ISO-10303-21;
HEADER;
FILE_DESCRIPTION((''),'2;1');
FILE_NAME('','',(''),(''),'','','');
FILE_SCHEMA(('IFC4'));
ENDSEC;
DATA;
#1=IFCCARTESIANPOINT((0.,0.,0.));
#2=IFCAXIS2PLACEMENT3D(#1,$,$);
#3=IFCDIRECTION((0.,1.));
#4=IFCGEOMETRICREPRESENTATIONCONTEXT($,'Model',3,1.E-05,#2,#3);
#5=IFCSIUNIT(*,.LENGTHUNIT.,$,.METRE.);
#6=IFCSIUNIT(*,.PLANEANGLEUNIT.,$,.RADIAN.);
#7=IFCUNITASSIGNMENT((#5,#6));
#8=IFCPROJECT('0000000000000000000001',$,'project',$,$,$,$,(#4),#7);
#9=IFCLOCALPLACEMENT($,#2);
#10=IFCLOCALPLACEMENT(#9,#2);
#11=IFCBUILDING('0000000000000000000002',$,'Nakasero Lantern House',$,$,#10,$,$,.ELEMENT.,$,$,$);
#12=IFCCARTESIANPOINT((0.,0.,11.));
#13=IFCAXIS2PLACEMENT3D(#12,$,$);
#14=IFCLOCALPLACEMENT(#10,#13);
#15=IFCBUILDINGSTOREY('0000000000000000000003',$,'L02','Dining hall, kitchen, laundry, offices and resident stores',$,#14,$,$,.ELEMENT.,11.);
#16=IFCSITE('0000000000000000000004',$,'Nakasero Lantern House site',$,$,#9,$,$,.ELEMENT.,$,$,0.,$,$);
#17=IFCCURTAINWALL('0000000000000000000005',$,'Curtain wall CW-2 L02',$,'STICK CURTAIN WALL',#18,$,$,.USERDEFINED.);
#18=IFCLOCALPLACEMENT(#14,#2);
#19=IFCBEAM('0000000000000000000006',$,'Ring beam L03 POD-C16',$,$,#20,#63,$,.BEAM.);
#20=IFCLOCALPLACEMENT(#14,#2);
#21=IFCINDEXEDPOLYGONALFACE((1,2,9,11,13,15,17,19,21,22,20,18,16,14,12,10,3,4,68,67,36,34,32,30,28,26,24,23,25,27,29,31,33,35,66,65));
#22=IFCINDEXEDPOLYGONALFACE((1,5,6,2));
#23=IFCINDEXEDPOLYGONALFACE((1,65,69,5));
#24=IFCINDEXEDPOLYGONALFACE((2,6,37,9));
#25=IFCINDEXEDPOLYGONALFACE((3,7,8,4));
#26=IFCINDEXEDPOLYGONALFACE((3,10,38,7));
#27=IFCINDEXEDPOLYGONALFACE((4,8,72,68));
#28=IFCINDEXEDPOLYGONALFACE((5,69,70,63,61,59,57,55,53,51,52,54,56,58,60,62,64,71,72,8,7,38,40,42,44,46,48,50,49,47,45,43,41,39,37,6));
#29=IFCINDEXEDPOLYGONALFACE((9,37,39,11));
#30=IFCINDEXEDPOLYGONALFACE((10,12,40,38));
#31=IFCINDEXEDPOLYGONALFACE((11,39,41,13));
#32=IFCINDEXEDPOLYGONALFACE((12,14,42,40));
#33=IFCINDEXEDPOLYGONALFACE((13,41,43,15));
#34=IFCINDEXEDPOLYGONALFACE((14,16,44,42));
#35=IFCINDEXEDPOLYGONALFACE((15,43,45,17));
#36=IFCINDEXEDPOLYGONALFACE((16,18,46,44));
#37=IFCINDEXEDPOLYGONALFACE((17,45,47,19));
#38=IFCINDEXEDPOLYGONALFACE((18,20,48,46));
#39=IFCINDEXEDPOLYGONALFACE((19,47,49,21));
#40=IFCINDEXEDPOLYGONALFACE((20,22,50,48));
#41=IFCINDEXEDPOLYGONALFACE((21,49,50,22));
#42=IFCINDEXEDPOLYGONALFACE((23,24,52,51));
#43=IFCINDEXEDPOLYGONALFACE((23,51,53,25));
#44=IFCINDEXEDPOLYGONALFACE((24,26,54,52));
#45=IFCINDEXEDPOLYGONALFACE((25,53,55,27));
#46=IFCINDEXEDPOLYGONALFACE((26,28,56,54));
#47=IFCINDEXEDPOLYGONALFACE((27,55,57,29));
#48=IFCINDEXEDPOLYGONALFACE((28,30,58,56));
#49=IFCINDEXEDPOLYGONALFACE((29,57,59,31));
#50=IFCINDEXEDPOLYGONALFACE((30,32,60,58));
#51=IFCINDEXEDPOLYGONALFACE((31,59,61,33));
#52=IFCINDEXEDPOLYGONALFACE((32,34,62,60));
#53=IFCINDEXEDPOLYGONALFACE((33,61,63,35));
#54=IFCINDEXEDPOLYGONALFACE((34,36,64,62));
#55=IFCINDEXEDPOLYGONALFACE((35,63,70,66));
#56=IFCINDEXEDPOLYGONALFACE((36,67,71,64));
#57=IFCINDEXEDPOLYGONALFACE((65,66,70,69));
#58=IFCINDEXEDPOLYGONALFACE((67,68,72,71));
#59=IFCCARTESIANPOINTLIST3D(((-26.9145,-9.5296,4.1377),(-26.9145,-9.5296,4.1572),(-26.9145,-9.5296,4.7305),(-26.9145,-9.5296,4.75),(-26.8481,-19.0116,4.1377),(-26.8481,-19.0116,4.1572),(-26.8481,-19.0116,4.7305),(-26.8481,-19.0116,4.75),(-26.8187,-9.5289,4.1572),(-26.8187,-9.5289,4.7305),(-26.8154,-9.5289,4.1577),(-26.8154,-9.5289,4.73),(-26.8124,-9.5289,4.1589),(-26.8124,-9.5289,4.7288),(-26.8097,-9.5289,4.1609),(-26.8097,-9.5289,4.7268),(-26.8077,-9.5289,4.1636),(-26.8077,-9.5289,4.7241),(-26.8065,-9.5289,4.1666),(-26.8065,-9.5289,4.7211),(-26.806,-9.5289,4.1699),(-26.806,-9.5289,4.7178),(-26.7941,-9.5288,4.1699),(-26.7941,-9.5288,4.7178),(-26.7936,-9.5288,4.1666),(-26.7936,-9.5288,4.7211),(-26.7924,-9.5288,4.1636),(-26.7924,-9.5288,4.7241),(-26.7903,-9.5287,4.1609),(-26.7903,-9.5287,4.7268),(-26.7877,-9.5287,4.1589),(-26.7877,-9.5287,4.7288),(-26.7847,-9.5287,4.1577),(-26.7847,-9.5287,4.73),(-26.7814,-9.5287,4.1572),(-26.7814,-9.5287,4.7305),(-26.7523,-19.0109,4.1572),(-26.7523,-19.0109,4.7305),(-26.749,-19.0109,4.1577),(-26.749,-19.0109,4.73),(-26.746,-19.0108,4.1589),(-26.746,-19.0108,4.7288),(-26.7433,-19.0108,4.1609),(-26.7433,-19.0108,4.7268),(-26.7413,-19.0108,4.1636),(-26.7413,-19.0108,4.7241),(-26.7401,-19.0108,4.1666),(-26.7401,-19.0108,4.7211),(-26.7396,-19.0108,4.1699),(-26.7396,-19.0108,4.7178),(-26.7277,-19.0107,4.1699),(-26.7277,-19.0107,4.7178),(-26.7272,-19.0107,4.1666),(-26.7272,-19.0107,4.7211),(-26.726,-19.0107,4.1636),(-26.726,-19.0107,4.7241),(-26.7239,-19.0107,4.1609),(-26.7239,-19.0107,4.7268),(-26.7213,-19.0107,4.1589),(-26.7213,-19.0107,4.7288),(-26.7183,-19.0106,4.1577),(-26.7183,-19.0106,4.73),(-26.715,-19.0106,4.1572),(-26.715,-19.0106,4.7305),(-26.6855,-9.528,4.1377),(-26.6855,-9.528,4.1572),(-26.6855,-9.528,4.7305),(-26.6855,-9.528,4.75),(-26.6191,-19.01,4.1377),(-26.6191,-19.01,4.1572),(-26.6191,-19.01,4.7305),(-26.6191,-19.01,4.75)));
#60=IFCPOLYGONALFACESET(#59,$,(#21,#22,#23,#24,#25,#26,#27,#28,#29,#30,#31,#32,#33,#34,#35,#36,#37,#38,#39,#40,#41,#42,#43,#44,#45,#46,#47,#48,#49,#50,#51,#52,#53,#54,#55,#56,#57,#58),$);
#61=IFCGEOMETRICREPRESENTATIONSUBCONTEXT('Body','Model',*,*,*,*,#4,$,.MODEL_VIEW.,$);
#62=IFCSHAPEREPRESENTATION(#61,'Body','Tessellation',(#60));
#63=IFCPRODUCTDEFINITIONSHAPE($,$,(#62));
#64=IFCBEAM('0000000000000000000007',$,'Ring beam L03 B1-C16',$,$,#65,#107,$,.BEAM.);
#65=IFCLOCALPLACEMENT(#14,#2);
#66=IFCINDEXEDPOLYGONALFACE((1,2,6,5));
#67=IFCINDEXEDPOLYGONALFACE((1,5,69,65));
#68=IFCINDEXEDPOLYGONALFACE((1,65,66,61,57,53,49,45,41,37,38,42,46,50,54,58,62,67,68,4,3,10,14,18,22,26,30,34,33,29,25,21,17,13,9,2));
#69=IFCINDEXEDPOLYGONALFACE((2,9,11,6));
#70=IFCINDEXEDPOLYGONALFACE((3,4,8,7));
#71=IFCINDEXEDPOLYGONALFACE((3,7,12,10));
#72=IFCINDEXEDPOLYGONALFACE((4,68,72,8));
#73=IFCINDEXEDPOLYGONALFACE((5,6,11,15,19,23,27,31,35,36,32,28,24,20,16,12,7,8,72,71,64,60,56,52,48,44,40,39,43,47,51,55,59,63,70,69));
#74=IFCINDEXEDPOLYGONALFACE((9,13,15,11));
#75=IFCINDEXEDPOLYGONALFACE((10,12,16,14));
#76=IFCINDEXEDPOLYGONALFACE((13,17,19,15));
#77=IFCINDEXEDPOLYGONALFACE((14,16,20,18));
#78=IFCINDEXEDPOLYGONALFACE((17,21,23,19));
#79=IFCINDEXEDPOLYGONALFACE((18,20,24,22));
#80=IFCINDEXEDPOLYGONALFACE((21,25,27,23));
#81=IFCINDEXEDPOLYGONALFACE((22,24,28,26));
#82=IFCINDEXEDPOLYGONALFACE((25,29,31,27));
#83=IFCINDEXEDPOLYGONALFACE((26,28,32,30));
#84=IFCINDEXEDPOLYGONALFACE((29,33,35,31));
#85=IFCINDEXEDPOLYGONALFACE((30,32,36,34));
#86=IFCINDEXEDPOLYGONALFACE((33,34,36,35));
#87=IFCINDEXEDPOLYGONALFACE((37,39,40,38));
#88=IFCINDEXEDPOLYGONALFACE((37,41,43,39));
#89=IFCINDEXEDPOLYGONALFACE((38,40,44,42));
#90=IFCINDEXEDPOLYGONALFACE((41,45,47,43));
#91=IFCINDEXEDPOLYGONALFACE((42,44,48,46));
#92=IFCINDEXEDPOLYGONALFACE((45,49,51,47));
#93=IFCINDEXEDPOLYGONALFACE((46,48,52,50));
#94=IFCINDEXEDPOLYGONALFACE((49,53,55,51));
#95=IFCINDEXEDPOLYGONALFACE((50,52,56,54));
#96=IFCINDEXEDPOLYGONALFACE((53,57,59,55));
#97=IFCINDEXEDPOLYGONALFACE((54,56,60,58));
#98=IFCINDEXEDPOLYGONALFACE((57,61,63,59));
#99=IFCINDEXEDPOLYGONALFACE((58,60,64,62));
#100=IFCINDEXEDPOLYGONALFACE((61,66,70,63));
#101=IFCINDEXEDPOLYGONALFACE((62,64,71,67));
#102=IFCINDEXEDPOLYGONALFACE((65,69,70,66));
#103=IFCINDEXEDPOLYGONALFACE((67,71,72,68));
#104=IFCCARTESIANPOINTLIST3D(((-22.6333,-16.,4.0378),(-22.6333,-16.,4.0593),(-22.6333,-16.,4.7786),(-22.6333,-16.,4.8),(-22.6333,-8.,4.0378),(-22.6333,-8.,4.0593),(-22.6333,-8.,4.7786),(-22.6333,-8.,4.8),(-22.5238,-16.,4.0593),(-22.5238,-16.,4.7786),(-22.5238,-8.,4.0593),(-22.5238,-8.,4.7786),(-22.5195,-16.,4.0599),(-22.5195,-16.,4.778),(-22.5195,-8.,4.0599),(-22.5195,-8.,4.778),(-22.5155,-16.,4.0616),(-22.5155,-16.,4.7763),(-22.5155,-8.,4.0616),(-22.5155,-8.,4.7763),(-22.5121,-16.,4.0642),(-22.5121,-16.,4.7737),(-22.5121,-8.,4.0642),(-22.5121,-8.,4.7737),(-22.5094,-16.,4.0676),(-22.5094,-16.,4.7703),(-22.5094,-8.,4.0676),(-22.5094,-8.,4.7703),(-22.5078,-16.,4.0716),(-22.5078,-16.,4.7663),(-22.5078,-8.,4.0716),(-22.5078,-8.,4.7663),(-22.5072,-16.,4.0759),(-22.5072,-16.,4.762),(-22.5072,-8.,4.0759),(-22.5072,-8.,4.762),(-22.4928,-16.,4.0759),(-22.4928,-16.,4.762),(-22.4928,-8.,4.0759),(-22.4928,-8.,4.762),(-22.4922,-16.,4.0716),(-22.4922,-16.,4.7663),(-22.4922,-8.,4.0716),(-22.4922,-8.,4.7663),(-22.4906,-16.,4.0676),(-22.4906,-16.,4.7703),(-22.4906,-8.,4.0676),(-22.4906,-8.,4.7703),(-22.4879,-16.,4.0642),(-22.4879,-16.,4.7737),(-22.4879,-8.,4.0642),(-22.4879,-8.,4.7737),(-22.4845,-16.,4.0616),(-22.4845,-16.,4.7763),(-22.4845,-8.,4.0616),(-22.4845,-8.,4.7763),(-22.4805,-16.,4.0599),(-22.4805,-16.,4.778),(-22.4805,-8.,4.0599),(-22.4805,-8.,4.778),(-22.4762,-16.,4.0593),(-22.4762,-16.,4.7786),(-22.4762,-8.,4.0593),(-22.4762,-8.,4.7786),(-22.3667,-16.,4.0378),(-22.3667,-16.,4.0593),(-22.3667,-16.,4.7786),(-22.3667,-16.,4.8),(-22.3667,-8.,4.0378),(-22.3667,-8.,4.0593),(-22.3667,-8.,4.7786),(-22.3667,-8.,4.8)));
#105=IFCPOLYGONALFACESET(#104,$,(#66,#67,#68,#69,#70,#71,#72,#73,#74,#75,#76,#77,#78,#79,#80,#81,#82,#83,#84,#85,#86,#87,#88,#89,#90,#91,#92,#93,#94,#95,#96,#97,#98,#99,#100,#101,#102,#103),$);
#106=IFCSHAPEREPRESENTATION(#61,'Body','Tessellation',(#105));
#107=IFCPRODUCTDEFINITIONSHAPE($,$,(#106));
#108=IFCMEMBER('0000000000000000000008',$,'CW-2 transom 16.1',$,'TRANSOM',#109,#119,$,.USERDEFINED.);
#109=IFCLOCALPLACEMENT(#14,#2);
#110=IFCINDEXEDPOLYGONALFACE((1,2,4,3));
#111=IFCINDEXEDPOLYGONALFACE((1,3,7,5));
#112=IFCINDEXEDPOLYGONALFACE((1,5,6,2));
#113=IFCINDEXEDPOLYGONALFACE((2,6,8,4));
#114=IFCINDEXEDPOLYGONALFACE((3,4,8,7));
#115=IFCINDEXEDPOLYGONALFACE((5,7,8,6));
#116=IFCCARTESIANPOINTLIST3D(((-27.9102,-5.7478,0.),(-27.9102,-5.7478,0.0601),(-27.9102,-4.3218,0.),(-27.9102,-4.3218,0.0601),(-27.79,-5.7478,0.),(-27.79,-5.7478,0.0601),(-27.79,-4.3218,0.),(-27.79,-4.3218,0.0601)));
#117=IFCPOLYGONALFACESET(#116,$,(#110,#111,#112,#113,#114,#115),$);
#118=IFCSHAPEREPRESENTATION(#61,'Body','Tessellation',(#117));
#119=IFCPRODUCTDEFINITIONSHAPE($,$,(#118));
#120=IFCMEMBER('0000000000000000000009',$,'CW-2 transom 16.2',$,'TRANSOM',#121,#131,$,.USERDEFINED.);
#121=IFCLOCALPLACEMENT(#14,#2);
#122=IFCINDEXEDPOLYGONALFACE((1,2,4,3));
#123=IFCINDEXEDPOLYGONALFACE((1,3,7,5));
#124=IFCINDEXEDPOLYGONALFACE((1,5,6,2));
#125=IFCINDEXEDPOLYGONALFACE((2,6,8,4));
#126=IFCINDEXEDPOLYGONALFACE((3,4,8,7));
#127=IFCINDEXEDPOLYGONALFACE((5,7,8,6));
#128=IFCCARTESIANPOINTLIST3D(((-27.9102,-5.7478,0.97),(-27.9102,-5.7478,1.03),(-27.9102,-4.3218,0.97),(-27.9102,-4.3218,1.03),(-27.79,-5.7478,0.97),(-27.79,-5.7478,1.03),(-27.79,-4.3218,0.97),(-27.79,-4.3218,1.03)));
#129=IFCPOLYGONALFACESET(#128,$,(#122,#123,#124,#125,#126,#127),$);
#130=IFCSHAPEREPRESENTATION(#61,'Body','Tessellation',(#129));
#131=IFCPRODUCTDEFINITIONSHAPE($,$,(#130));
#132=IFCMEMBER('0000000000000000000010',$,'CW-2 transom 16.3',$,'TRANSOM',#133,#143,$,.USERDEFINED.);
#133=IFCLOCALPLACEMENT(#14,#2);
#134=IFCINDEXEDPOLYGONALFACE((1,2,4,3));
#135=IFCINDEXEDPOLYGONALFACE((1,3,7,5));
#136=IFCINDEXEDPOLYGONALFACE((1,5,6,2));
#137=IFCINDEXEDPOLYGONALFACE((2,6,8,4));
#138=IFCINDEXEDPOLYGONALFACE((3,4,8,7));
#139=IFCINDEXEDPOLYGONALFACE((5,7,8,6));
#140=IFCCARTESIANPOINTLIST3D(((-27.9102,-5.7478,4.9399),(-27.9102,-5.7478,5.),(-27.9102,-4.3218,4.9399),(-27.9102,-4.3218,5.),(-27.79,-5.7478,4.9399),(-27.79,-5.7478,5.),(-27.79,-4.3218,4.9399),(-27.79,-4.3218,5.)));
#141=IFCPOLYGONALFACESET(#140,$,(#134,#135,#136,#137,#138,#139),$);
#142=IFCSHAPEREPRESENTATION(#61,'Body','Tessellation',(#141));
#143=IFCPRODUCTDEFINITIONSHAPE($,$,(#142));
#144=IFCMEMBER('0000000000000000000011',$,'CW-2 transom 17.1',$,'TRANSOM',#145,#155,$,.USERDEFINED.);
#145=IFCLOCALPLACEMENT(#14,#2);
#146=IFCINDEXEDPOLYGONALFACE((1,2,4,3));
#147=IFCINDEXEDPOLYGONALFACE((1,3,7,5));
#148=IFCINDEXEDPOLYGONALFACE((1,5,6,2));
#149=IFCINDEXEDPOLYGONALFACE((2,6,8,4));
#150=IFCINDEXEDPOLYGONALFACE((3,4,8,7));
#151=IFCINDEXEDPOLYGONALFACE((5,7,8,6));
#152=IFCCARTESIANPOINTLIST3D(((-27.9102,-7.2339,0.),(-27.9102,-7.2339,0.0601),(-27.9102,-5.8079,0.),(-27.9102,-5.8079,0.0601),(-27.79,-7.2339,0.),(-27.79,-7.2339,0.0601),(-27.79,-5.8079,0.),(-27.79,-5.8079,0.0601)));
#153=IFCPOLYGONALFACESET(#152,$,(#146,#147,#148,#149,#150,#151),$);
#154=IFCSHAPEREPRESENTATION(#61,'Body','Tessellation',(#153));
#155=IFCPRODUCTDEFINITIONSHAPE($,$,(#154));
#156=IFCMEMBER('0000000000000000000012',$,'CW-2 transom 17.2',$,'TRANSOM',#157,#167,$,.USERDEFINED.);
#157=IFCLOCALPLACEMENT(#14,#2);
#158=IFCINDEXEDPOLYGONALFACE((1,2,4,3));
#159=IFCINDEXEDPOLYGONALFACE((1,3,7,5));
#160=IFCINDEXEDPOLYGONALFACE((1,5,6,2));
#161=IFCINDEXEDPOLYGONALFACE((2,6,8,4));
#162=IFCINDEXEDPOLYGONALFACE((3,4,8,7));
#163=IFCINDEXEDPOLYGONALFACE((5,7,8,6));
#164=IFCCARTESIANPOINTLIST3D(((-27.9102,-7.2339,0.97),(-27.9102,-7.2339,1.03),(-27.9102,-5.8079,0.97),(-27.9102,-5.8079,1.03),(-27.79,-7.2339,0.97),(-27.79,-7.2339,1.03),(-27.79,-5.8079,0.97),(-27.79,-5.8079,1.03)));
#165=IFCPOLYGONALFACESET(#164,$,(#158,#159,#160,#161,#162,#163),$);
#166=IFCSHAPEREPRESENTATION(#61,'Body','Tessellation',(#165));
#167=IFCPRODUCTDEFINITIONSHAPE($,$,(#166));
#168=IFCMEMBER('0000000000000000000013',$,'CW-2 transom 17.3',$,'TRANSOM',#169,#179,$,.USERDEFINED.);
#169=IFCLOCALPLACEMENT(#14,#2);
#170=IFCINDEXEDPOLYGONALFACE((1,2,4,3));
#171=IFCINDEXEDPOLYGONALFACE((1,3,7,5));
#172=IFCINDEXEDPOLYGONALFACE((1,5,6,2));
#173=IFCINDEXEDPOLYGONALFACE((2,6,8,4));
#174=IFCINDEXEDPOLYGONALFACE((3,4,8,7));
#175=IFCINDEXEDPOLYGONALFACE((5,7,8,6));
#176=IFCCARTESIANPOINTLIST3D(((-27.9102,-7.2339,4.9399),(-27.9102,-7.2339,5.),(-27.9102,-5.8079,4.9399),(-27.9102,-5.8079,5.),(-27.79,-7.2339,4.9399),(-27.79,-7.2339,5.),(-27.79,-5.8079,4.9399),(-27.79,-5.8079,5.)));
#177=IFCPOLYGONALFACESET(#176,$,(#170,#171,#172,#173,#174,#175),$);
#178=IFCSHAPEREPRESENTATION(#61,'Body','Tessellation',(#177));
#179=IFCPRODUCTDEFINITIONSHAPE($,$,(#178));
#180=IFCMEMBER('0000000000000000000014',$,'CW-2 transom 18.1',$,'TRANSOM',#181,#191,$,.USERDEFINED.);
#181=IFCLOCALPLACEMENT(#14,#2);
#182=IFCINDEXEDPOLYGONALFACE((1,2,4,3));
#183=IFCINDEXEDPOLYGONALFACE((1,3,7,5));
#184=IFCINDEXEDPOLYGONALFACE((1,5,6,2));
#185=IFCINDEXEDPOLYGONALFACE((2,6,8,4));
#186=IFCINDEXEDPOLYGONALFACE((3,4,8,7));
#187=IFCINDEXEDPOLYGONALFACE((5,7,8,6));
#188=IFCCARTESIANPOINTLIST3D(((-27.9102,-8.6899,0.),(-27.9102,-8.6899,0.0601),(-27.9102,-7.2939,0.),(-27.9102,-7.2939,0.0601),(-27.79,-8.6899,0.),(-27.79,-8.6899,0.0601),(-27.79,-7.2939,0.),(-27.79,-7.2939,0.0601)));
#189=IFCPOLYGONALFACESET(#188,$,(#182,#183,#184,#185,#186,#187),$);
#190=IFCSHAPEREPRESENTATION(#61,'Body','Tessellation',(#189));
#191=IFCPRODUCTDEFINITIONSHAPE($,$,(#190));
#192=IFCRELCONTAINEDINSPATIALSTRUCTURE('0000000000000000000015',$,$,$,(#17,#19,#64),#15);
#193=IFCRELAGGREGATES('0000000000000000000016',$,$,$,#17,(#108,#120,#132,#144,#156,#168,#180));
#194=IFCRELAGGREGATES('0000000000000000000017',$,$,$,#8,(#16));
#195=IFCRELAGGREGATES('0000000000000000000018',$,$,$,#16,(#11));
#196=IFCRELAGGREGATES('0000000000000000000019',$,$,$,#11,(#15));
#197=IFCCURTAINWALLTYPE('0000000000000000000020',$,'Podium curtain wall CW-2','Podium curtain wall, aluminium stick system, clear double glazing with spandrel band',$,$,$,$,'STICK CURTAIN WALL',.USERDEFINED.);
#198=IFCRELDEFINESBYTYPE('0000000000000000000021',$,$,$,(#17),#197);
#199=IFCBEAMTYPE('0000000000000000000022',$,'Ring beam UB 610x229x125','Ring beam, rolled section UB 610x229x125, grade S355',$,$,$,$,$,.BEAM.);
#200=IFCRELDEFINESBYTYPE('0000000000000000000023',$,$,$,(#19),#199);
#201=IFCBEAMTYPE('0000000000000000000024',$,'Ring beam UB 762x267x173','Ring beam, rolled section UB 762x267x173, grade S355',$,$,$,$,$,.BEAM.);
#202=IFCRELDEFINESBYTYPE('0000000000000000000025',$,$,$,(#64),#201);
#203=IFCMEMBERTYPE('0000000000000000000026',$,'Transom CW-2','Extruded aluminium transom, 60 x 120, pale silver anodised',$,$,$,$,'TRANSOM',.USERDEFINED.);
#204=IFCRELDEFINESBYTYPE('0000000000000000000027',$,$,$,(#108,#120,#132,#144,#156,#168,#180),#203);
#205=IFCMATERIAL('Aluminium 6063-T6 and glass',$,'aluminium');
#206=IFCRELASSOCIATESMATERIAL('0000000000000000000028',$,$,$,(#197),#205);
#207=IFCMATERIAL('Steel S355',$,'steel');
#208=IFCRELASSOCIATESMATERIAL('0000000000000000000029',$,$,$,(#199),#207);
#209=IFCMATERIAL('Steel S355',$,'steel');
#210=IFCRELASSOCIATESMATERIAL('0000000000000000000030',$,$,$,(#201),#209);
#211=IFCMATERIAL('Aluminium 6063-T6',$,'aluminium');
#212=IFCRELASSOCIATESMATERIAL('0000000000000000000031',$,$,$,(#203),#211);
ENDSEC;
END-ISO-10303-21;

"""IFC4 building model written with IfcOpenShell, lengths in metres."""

from ifc_helpers import new_model, si_unit, direction, frame, origin, origin_2d, place, context, subcontext, project, spatial, rectangle, i_section, extrude, material, material_profile, profile_set, type_object, element, aggregate, save


model = new_model("IFC4")

# Units and contexts
model_context = context("Model", 3, precision=1e-05, world=origin(), true_north=direction((0.0, 1.0)))
body_context = subcontext(model_context, "Body", "Model", "MODEL_VIEW")
ifc_project = project(units=[si_unit("LENGTHUNIT", "METRE"), si_unit("PLANEANGLEUNIT", "RADIAN")], contexts=[model_context])

# Site, building, storey
site_placement = place(None, origin())
site = spatial("IfcSite", under=ifc_project, at=site_placement, Name="Nakasero Lantern House site", CompositionType="ELEMENT", RefElevation=0.0)
building_placement = place(site_placement, origin())
building = spatial("IfcBuilding", under=site, at=building_placement, Name="Nakasero Lantern House", CompositionType="ELEMENT")
storey_placement = place(building_placement, frame((0.0, 0.0, 11.0)))
storey = spatial("IfcBuildingStorey", under=building, at=storey_placement, Name="L02", Description="Dining hall, kitchen, laundry, offices and resident stores", CompositionType="ELEMENT", Elevation=11.0)

# Curtain wall
ifc_material_1 = material(Name="Aluminium 6063-T6 and glass", Category="aluminium")
curtain_wall_type = type_object("IfcCurtainWallType", Name="Podium curtain wall CW-2", Description="Podium curtain wall, aluminium stick system, clear double glazing with spandrel band", ElementType="STICK CURTAIN WALL", PredefinedType="USERDEFINED", material=ifc_material_1)
curtain_wall_placement = place(storey_placement, origin())
curtain_wall = element("IfcCurtainWall", 1, at=curtain_wall_placement, inside=storey, type_object=curtain_wall_type, Name="Curtain wall CW-2 L02", ObjectType="STICK CURTAIN WALL", PredefinedType="USERDEFINED")

# Beams
ifc_material_2 = material(Name="Steel S355", Category="steel")
ifc_material_profile_1 = material_profile(ifc_material_2, i_section(OverallWidth=0.229, OverallDepth=0.6123, WebThickness=0.012, FlangeThickness=0.0195, FilletRadius=0.0127, at=origin_2d()), Name="UB 610x229x125")
ifc_profile_set_1 = profile_set([ifc_material_profile_1], Name="Steel S355")
beam_type_1 = type_object("IfcBeamType", Name="Ring beam UB 610x229x125", Description="Ring beam, rolled section UB 610x229x125, grade S355", PredefinedType="BEAM", material=ifc_profile_set_1)
beam_1_placement = place(storey_placement, frame((-26.8, -9.5288, 4.4438), z_axis=(0.007003, -0.999975, 0.0), x_axis=(0.999975, 0.007003, 0.0)))
element("IfcBeam", 2, at=beam_1_placement, inside=storey, type_object=beam_type_1, Name="Ring beam L03 POD-C16", PredefinedType="BEAM", context=body_context, shape_type="SweptSolid", body=[
    extrude(i_section(OverallWidth=0.229, OverallDepth=0.6123, WebThickness=0.012, FlangeThickness=0.0195, FilletRadius=0.0127, at=origin_2d()), origin(), (0.0, 0.0, 1.0), 9.4822),
])
ifc_material_3 = material(Name="Steel S355", Category="steel")
ifc_material_profile_2 = material_profile(ifc_material_3, i_section(OverallWidth=0.2666, OverallDepth=0.7622, WebThickness=0.0144, FlangeThickness=0.0215, FilletRadius=0.0166, at=origin_2d()), Name="UB 762x267x173")
ifc_profile_set_2 = profile_set([ifc_material_profile_2], Name="Steel S355")
beam_type_2 = type_object("IfcBeamType", Name="Ring beam UB 762x267x173", Description="Ring beam, rolled section UB 762x267x173, grade S355", PredefinedType="BEAM", material=ifc_profile_set_2)
beam_2_placement = place(storey_placement, frame((-22.5, -8.0, 4.4189), z_axis=(0.0, -1.0, 0.0), x_axis=(1.0, 0.0, 0.0)))
element("IfcBeam", 3, at=beam_2_placement, inside=storey, type_object=beam_type_2, Name="Ring beam L03 B1-C16", PredefinedType="BEAM", context=body_context, shape_type="SweptSolid", body=[
    extrude(i_section(OverallWidth=0.2666, OverallDepth=0.7622, WebThickness=0.0144, FlangeThickness=0.0215, FilletRadius=0.0166, at=origin_2d()), origin(), (0.0, 0.0, 1.0), 8.0),
])

# Members
ifc_material_4 = material(Name="Aluminium 6063-T6", Category="aluminium")
ifc_material_profile_3 = material_profile(ifc_material_4, rectangle(XDim=0.0601, YDim=0.1201, at=origin_2d()), Name="CW-2 transom 60x120")
ifc_profile_set_3 = profile_set([ifc_material_profile_3], Name="Aluminium 6063-T6")
member_type_1 = type_object("IfcMemberType", Name="Transom CW-2", Description="Extruded aluminium transom, 60 x 120, pale silver anodised", ElementType="TRANSOM", PredefinedType="USERDEFINED", material=ifc_profile_set_3)
member_1_placement = place(storey_placement, frame((-27.8501, -4.3218, 0.03), z_axis=(0.0, -1.0, 0.0), x_axis=(0.0, 0.0, 1.0)))
member_1 = element("IfcMember", 4, at=member_1_placement, type_object=member_type_1, Name="CW-2 transom 16.1", ObjectType="TRANSOM", PredefinedType="USERDEFINED", context=body_context, shape_type="SweptSolid", body=[
    extrude(rectangle(XDim=0.0601, YDim=0.1201, at=origin_2d()), origin(), (0.0, 0.0, 1.0), 1.426),
])
member_2_placement = place(storey_placement, frame((-27.8501, -4.3218, 1.0), z_axis=(0.0, -1.0, 0.0), x_axis=(0.0, 0.0, 1.0)))
member_2 = element("IfcMember", 5, at=member_2_placement, type_object=member_type_1, Name="CW-2 transom 16.2", ObjectType="TRANSOM", PredefinedType="USERDEFINED", context=body_context, shape_type="SweptSolid", body=[
    extrude(rectangle(XDim=0.0601, YDim=0.1201, at=origin_2d()), origin(), (0.0, 0.0, 1.0), 1.426),
])
member_3_placement = place(storey_placement, frame((-27.8501, -4.3218, 4.97), z_axis=(0.0, -1.0, 0.0), x_axis=(0.0, 0.0, 1.0)))
member_3 = element("IfcMember", 6, at=member_3_placement, type_object=member_type_1, Name="CW-2 transom 16.3", ObjectType="TRANSOM", PredefinedType="USERDEFINED", context=body_context, shape_type="SweptSolid", body=[
    extrude(rectangle(XDim=0.0601, YDim=0.1201, at=origin_2d()), origin(), (0.0, 0.0, 1.0), 1.426),
])
member_4_placement = place(storey_placement, frame((-27.8501, -5.8079, 0.03), z_axis=(0.0, -1.0, 0.0), x_axis=(0.0, 0.0, 1.0)))
member_4 = element("IfcMember", 7, at=member_4_placement, type_object=member_type_1, Name="CW-2 transom 17.1", ObjectType="TRANSOM", PredefinedType="USERDEFINED", context=body_context, shape_type="SweptSolid", body=[
    extrude(rectangle(XDim=0.0601, YDim=0.1201, at=origin_2d()), origin(), (0.0, 0.0, 1.0), 1.426),
])
member_5_placement = place(storey_placement, frame((-27.8501, -5.8079, 1.0), z_axis=(0.0, -1.0, 0.0), x_axis=(0.0, 0.0, 1.0)))
member_5 = element("IfcMember", 8, at=member_5_placement, type_object=member_type_1, Name="CW-2 transom 17.2", ObjectType="TRANSOM", PredefinedType="USERDEFINED", context=body_context, shape_type="SweptSolid", body=[
    extrude(rectangle(XDim=0.0601, YDim=0.1201, at=origin_2d()), origin(), (0.0, 0.0, 1.0), 1.426),
])
member_6_placement = place(storey_placement, frame((-27.8501, -5.8079, 4.97), z_axis=(0.0, -1.0, 0.0), x_axis=(0.0, 0.0, 1.0)))
member_6 = element("IfcMember", 9, at=member_6_placement, type_object=member_type_1, Name="CW-2 transom 17.3", ObjectType="TRANSOM", PredefinedType="USERDEFINED", context=body_context, shape_type="SweptSolid", body=[
    extrude(rectangle(XDim=0.0601, YDim=0.1201, at=origin_2d()), origin(), (0.0, 0.0, 1.0), 1.426),
])
member_7_placement = place(storey_placement, frame((-27.8501, -7.2939, 0.03), z_axis=(0.0, -1.0, 0.0), x_axis=(0.0, 0.0, 1.0)))
member_7 = element("IfcMember", 10, at=member_7_placement, type_object=member_type_1, Name="CW-2 transom 18.1", ObjectType="TRANSOM", PredefinedType="USERDEFINED", context=body_context, shape_type="SweptSolid", body=[
    extrude(rectangle(XDim=0.0601, YDim=0.1201, at=origin_2d()), origin(), (0.0, 0.0, 1.0), 1.396),
])

aggregate(curtain_wall, [member_1, member_2, member_3, member_4, member_5, member_6, member_7])

save(model, "model.ifc")
